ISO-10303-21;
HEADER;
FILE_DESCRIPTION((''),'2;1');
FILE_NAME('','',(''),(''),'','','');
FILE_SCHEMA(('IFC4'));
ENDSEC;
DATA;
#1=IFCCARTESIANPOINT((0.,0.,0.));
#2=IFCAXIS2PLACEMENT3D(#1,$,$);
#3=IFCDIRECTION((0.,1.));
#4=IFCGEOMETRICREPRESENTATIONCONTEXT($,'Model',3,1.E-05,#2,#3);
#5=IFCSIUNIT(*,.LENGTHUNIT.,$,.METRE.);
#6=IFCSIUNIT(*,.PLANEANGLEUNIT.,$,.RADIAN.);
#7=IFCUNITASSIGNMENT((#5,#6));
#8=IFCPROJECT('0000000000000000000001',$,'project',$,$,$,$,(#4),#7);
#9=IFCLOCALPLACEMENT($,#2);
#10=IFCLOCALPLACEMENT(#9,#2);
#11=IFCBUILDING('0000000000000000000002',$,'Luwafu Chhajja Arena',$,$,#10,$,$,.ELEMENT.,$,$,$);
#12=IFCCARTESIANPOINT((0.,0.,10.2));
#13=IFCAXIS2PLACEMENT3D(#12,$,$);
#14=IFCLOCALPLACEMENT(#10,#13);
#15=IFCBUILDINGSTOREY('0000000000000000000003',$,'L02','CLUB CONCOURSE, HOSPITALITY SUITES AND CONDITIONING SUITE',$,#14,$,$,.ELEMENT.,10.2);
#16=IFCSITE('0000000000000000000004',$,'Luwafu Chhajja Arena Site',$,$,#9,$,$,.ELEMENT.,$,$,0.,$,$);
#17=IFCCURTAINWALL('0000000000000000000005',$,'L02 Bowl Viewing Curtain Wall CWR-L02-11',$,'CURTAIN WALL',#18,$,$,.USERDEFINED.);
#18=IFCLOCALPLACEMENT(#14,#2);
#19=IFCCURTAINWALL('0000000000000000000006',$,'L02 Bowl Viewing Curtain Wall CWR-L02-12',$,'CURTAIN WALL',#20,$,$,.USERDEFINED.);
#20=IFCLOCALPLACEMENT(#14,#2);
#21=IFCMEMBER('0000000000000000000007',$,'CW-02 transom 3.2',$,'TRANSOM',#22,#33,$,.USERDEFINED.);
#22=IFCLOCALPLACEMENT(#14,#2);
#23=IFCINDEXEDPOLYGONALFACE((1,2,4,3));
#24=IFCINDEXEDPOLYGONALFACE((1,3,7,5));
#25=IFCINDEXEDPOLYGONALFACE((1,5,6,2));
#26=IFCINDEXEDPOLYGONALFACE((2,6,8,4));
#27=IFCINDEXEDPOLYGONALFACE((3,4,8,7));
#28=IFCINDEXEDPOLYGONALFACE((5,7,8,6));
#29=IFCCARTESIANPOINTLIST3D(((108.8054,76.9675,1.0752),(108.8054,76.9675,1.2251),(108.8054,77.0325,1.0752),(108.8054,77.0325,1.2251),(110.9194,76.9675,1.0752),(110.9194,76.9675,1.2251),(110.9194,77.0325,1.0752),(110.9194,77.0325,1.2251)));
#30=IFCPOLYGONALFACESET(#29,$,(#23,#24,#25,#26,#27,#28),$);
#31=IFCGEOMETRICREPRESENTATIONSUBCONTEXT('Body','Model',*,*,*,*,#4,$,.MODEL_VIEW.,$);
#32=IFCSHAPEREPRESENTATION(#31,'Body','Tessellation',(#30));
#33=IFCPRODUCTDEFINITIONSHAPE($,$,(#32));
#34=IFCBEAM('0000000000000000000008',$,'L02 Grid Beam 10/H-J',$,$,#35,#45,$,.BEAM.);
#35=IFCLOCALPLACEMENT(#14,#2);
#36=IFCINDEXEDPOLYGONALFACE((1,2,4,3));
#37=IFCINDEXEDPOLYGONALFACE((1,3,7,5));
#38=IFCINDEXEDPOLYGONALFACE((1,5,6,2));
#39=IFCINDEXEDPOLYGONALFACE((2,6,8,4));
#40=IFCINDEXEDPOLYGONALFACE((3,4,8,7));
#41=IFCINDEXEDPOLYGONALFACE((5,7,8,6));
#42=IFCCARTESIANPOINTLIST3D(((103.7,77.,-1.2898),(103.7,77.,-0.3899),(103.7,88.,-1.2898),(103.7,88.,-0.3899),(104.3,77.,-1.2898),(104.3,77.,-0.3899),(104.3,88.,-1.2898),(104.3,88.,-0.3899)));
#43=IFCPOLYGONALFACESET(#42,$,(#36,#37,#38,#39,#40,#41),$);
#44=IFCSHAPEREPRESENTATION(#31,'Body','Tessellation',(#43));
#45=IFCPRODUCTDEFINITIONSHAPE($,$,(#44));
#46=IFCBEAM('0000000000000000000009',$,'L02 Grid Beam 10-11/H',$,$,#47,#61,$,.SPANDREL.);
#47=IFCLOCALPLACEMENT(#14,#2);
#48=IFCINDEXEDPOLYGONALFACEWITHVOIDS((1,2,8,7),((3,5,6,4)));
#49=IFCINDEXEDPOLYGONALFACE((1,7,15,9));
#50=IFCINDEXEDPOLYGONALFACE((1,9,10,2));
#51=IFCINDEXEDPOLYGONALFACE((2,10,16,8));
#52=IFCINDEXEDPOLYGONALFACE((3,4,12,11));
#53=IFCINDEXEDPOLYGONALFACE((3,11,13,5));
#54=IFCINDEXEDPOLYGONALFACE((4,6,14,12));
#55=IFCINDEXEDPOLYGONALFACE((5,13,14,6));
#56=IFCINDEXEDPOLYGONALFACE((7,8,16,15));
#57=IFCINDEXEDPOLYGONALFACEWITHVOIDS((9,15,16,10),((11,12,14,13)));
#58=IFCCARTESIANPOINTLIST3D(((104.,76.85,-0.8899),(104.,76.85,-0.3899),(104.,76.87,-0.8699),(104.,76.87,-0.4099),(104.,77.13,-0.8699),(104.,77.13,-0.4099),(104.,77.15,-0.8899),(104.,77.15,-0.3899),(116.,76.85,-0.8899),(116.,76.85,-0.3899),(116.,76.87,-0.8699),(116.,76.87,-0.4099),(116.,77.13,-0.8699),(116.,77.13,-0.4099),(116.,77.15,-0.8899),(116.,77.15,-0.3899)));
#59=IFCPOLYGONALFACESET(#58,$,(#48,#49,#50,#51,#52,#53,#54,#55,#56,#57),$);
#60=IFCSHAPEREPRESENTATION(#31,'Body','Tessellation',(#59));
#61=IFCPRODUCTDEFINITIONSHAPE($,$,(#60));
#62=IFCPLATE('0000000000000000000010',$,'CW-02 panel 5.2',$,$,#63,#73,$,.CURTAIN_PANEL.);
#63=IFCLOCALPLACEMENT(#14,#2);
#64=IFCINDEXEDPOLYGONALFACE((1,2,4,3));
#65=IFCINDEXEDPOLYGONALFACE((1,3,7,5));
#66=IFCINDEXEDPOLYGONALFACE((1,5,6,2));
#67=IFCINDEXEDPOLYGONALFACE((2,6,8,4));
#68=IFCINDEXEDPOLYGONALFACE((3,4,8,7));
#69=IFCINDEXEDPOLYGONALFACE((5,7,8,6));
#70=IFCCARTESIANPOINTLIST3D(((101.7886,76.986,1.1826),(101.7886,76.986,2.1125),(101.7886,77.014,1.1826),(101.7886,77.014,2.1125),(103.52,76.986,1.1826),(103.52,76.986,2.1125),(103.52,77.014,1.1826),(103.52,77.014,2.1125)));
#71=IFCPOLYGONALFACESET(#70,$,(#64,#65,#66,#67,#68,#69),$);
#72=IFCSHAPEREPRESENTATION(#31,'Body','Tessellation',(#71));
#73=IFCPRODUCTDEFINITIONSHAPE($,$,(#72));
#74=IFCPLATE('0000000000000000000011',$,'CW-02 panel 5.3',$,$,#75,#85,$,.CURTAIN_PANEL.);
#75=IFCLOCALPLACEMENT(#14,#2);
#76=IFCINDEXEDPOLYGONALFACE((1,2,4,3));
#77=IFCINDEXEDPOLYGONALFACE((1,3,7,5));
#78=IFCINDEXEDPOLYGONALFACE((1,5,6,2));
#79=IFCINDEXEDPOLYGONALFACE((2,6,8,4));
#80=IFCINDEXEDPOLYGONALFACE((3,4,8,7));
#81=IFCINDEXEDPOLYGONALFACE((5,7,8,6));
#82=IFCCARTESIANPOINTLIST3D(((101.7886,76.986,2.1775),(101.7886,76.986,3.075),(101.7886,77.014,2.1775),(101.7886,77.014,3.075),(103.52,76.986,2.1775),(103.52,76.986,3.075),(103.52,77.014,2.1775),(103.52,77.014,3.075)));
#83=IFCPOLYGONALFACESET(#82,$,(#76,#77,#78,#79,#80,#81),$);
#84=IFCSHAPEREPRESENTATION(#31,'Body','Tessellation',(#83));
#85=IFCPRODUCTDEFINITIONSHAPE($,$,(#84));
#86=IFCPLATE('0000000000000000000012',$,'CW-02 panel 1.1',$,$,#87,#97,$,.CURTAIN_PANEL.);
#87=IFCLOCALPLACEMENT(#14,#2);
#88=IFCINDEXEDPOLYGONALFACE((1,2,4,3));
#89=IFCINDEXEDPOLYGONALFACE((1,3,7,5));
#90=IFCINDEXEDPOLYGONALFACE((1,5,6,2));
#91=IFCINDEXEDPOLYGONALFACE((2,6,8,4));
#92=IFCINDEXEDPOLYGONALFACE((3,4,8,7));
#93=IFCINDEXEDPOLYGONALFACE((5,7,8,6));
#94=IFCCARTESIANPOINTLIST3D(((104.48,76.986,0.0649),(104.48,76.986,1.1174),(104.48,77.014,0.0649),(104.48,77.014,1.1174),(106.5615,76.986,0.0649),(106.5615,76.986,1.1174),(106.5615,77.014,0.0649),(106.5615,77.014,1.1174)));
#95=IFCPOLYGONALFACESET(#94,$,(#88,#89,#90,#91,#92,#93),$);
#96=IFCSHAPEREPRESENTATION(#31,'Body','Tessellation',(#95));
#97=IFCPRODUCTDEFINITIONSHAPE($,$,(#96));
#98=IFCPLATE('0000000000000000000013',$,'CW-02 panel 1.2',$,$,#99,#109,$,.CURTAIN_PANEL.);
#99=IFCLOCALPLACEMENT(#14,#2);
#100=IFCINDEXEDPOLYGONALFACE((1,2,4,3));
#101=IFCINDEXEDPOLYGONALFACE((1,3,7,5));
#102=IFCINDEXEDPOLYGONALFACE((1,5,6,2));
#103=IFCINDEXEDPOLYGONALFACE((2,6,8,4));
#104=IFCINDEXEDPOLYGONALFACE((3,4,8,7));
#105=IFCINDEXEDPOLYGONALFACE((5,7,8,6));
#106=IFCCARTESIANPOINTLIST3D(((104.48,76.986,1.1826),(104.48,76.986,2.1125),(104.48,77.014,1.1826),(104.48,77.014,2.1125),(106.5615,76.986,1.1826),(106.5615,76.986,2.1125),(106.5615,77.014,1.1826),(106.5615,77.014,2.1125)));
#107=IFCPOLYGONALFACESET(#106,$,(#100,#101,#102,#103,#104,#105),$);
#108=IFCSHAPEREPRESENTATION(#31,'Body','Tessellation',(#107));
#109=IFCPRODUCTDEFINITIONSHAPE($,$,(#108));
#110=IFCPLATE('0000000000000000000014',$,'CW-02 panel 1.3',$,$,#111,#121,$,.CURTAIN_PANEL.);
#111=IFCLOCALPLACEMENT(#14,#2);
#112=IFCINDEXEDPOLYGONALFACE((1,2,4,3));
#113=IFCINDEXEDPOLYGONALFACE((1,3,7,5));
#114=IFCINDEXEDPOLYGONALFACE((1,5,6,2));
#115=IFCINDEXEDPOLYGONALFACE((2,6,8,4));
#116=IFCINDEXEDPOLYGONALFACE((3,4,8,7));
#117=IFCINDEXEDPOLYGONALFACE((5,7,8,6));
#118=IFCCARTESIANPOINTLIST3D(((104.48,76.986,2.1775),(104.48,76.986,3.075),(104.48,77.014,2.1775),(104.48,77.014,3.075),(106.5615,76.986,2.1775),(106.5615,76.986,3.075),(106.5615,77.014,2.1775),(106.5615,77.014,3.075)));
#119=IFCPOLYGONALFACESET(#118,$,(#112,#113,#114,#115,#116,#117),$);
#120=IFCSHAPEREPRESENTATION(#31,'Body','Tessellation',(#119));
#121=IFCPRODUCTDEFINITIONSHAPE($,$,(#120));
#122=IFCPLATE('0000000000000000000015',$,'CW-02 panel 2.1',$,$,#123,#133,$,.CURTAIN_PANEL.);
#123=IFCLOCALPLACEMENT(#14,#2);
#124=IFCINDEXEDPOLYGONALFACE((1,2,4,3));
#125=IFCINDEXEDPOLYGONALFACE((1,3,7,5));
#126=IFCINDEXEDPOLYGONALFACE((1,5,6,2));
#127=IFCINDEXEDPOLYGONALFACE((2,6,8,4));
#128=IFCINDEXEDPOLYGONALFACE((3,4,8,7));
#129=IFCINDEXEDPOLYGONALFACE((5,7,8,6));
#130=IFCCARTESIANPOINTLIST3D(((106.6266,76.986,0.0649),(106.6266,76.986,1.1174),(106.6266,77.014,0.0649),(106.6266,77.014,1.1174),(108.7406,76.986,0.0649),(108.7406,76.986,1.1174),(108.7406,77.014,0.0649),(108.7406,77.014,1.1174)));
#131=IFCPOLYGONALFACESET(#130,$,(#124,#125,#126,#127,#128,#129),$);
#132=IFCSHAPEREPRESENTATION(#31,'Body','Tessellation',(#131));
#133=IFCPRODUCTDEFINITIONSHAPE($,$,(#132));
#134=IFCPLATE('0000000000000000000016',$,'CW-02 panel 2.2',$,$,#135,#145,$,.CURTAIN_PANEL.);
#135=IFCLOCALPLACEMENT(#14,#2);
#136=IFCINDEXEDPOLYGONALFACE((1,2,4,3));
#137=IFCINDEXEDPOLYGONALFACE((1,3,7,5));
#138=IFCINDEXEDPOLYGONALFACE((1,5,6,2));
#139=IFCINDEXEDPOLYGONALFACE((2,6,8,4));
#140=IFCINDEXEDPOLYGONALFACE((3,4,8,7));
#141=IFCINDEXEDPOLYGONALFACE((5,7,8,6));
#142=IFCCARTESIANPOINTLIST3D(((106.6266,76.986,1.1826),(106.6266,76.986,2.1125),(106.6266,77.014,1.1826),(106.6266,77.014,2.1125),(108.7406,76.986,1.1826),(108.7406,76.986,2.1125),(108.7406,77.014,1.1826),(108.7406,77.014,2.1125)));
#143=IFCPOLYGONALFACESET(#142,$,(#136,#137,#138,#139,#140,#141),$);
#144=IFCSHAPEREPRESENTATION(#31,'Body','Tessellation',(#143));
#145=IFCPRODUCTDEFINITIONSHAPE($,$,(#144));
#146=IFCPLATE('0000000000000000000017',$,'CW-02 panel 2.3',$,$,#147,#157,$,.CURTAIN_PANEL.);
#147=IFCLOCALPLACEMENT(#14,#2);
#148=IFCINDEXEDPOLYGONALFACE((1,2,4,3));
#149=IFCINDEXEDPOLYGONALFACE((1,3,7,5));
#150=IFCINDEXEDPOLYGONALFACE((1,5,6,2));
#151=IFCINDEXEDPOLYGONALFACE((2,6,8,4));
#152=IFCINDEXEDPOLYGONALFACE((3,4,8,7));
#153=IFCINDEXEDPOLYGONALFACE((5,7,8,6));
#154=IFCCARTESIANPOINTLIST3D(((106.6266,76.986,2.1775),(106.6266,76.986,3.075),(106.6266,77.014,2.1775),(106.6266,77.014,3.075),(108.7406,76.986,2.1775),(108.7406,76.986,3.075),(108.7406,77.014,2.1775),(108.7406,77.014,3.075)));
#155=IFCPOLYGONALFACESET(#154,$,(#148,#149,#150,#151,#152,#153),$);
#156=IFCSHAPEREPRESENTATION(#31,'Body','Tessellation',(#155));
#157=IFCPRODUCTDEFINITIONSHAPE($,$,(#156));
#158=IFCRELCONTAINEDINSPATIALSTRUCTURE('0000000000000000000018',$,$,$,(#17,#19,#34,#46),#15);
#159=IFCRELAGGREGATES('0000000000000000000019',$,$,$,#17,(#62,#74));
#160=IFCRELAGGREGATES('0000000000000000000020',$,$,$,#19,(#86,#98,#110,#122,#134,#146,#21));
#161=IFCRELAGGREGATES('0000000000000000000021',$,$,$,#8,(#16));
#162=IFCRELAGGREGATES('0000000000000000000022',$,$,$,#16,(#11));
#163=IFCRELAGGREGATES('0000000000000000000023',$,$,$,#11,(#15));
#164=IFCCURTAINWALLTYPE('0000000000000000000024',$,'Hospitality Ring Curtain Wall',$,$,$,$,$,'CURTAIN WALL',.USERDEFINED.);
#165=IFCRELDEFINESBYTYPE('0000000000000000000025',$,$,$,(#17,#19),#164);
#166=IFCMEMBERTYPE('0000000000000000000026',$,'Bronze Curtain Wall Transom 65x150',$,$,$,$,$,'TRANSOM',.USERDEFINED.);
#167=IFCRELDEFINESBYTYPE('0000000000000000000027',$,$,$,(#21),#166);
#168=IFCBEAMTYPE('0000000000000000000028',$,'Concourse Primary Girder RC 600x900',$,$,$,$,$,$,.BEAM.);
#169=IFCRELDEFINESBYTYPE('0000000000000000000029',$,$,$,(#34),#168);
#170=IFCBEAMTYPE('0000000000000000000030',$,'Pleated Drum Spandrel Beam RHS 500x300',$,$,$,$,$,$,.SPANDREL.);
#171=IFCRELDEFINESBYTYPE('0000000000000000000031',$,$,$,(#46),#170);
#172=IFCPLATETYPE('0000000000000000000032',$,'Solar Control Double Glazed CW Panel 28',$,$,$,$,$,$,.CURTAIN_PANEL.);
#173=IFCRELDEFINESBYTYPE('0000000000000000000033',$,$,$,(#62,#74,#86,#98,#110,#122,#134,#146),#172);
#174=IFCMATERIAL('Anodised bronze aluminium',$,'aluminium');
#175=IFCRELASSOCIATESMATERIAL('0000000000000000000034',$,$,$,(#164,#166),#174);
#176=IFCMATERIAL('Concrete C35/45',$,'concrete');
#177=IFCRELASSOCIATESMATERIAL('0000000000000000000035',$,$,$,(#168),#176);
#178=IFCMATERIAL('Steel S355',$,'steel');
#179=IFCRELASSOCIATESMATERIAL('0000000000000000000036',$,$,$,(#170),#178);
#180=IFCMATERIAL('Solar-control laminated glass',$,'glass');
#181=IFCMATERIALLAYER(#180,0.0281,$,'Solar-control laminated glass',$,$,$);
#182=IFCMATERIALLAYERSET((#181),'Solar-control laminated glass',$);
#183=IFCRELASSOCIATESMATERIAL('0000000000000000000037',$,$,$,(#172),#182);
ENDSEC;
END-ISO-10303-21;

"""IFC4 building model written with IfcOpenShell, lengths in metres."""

from ifc_helpers import new_model, si_unit, direction, frame, origin, origin_2d, place, context, subcontext, project, spatial, rectangle, hollow_rectangle, extrude, material, layer, layer_set, material_profile, profile_set, type_object, element, aggregate, save


model = new_model("IFC4")

# Units and contexts
model_context = context("Model", 3, precision=1e-05, world=origin(), true_north=direction((0.0, 1.0)))
body_context = subcontext(model_context, "Body", "Model", "MODEL_VIEW")
ifc_project = project(units=[si_unit("LENGTHUNIT", "METRE"), si_unit("PLANEANGLEUNIT", "RADIAN")], contexts=[model_context])

# Site, building, storey
site_placement = place(None, origin())
site = spatial("IfcSite", under=ifc_project, at=site_placement, Name="Luwafu Chhajja Arena Site", CompositionType="ELEMENT", RefElevation=0.0)
building_placement = place(site_placement, origin())
building = spatial("IfcBuilding", under=site, at=building_placement, Name="Luwafu Chhajja Arena", CompositionType="ELEMENT")
storey_placement = place(building_placement, frame((0.0, 0.0, 10.2)))
storey = spatial("IfcBuildingStorey", under=building, at=storey_placement, Name="L02", Description="CLUB CONCOURSE, HOSPITALITY SUITES AND CONDITIONING SUITE", CompositionType="ELEMENT", Elevation=10.2)

# Shared definitions
ifc_material_1 = material(Name="Concrete C35/45", Category="concrete")

# Curtain wall
ifc_material_2 = material(Name="Anodised bronze aluminium", Category="aluminium")
curtain_wall_type = type_object("IfcCurtainWallType", Name="Hospitality Ring Curtain Wall", ElementType="CURTAIN WALL", PredefinedType="USERDEFINED", material=ifc_material_2)
curtain_wall_1_placement = place(storey_placement, origin())
curtain_wall_1 = element("IfcCurtainWall", 1, at=curtain_wall_1_placement, inside=storey, type_object=curtain_wall_type, Name="L02 Bowl Viewing Curtain Wall CWR-L02-11", ObjectType="CURTAIN WALL", PredefinedType="USERDEFINED")

# Curtain wall, member
curtain_wall_2_placement = place(storey_placement, origin())
curtain_wall_2 = element("IfcCurtainWall", 2, at=curtain_wall_2_placement, inside=storey, type_object=curtain_wall_type, Name="L02 Bowl Viewing Curtain Wall CWR-L02-12", ObjectType="CURTAIN WALL", PredefinedType="USERDEFINED")
ifc_material_profile_1 = material_profile(ifc_material_2, rectangle(XDim=0.0649, YDim=0.1499, at=origin_2d()), Name="CWT 65x150")
ifc_profile_set_1 = profile_set([ifc_material_profile_1], Name="Anodised bronze aluminium")
member_type_1 = type_object("IfcMemberType", Name="Bronze Curtain Wall Transom 65x150", ElementType="TRANSOM", PredefinedType="USERDEFINED", material=ifc_profile_set_1)
member_1_placement = place(storey_placement, frame((108.8054, 77.0, 1.1501), z_axis=(1.0, 0.0, 0.0), x_axis=(0.0, 1.0, 0.0)))
member_1 = element("IfcMember", 3, at=member_1_placement, type_object=member_type_1, Name="CW-02 transom 3.2", ObjectType="TRANSOM", PredefinedType="USERDEFINED", context=body_context, shape_type="SweptSolid", body=[
    extrude(rectangle(XDim=0.0649, YDim=0.1499, at=origin_2d()), origin(), (0.0, 0.0, 1.0), 2.114),
])

# Beams
ifc_material_profile_2 = material_profile(ifc_material_1, rectangle(XDim=0.6001, YDim=0.8999, at=origin_2d()), Name="RC 600x900")
ifc_profile_set_2 = profile_set([ifc_material_profile_2], Name="Concrete C35/45")
beam_type_1 = type_object("IfcBeamType", Name="Concourse Primary Girder RC 600x900", PredefinedType="BEAM", material=ifc_profile_set_2)
beam_1_placement = place(storey_placement, frame((104.0, 77.0, -0.8398), z_axis=(0.0, 1.0, 0.0), x_axis=(-1.0, 0.0, 0.0)))
element("IfcBeam", 4, at=beam_1_placement, inside=storey, type_object=beam_type_1, Name="L02 Grid Beam 10/H-J", PredefinedType="BEAM", context=body_context, shape_type="SweptSolid", body=[
    extrude(rectangle(XDim=0.6001, YDim=0.8999, at=origin_2d()), origin(), (0.0, 0.0, 1.0), 11.0),
])
ifc_material_3 = material(Name="Steel S355", Category="steel")
ifc_material_profile_3 = material_profile(ifc_material_3, hollow_rectangle(XDim=0.3, YDim=0.5, WallThickness=0.02, at=origin_2d()), Name="RHS 500x300x20")
ifc_profile_set_3 = profile_set([ifc_material_profile_3], Name="Steel S355")
beam_type_2 = type_object("IfcBeamType", Name="Pleated Drum Spandrel Beam RHS 500x300", PredefinedType="SPANDREL", material=ifc_profile_set_3)
beam_2_placement = place(storey_placement, frame((104.0, 77.0, -0.6399), z_axis=(1.0, 0.0, 0.0), x_axis=(0.0, 1.0, 0.0)))
element("IfcBeam", 5, at=beam_2_placement, inside=storey, type_object=beam_type_2, Name="L02 Grid Beam 10-11/H", PredefinedType="SPANDREL", context=body_context, shape_type="SweptSolid", body=[
    extrude(hollow_rectangle(XDim=0.3, YDim=0.5, WallThickness=0.02, at=origin_2d()), origin(), (0.0, 0.0, 1.0), 12.0),
])

# Plates
ifc_material_4 = material(Name="Solar-control laminated glass", Category="glass")
ifc_layer = layer(ifc_material_4, 0.0281, Name="Solar-control laminated glass")
ifc_layer_set = layer_set([ifc_layer], Name="Solar-control laminated glass")
plate_type = type_object("IfcPlateType", Name="Solar Control Double Glazed CW Panel 28", PredefinedType="CURTAIN_PANEL", material=ifc_layer_set)
plate_1_placement = place(storey_placement, frame((102.6543, 77.0, 1.1826), z_axis=(0.0, 0.0, 1.0), x_axis=(1.0, 0.0, 0.0)))
plate_1 = element("IfcPlate", 6, at=plate_1_placement, type_object=plate_type, Name="CW-02 panel 5.2", PredefinedType="CURTAIN_PANEL", context=body_context, shape_type="SweptSolid", body=[
    extrude(rectangle(XDim=1.7314, YDim=0.0281, at=origin_2d()), origin(), (0.0, 0.0, 1.0), 0.9299),
])
plate_2_placement = place(storey_placement, frame((102.6543, 77.0, 2.1775), z_axis=(0.0, 0.0, 1.0), x_axis=(1.0, 0.0, 0.0)))
plate_2 = element("IfcPlate", 7, at=plate_2_placement, type_object=plate_type, Name="CW-02 panel 5.3", PredefinedType="CURTAIN_PANEL", context=body_context, shape_type="SweptSolid", body=[
    extrude(rectangle(XDim=1.7314, YDim=0.0281, at=origin_2d()), origin(), (0.0, 0.0, 1.0), 0.8975),
])
aggregate(curtain_wall_1, [plate_1, plate_2])
plate_3_placement = place(storey_placement, frame((105.5208, 77.0, 0.0649), z_axis=(0.0, 0.0, 1.0), x_axis=(1.0, 0.0, 0.0)))
plate_3 = element("IfcPlate", 8, at=plate_3_placement, type_object=plate_type, Name="CW-02 panel 1.1", PredefinedType="CURTAIN_PANEL", context=body_context, shape_type="SweptSolid", body=[
    extrude(rectangle(XDim=2.0815, YDim=0.0281, at=origin_2d()), origin(), (0.0, 0.0, 1.0), 1.0525),
])
plate_4_placement = place(storey_placement, frame((105.5208, 77.0, 1.1826), z_axis=(0.0, 0.0, 1.0), x_axis=(1.0, 0.0, 0.0)))
plate_4 = element("IfcPlate", 9, at=plate_4_placement, type_object=plate_type, Name="CW-02 panel 1.2", PredefinedType="CURTAIN_PANEL", context=body_context, shape_type="SweptSolid", body=[
    extrude(rectangle(XDim=2.0815, YDim=0.0281, at=origin_2d()), origin(), (0.0, 0.0, 1.0), 0.9299),
])
plate_5_placement = place(storey_placement, frame((105.5208, 77.0, 2.1775), z_axis=(0.0, 0.0, 1.0), x_axis=(1.0, 0.0, 0.0)))
plate_5 = element("IfcPlate", 10, at=plate_5_placement, type_object=plate_type, Name="CW-02 panel 1.3", PredefinedType="CURTAIN_PANEL", context=body_context, shape_type="SweptSolid", body=[
    extrude(rectangle(XDim=2.0815, YDim=0.0281, at=origin_2d()), origin(), (0.0, 0.0, 1.0), 0.8975),
])
plate_6_placement = place(storey_placement, frame((107.6836, 77.0, 0.0649), z_axis=(0.0, 0.0, 1.0), x_axis=(1.0, 0.0, 0.0)))
plate_6 = element("IfcPlate", 11, at=plate_6_placement, type_object=plate_type, Name="CW-02 panel 2.1", PredefinedType="CURTAIN_PANEL", context=body_context, shape_type="SweptSolid", body=[
    extrude(rectangle(XDim=2.114, YDim=0.0281, at=origin_2d()), origin(), (0.0, 0.0, 1.0), 1.0525),
])
plate_7_placement = place(storey_placement, frame((107.6836, 77.0, 1.1826), z_axis=(0.0, 0.0, 1.0), x_axis=(1.0, 0.0, 0.0)))
plate_7 = element("IfcPlate", 12, at=plate_7_placement, type_object=plate_type, Name="CW-02 panel 2.2", PredefinedType="CURTAIN_PANEL", context=body_context, shape_type="SweptSolid", body=[
    extrude(rectangle(XDim=2.114, YDim=0.0281, at=origin_2d()), origin(), (0.0, 0.0, 1.0), 0.9299),
])
plate_8_placement = place(storey_placement, frame((107.6836, 77.0, 2.1775), z_axis=(0.0, 0.0, 1.0), x_axis=(1.0, 0.0, 0.0)))
plate_8 = element("IfcPlate", 13, at=plate_8_placement, type_object=plate_type, Name="CW-02 panel 2.3", PredefinedType="CURTAIN_PANEL", context=body_context, shape_type="SweptSolid", body=[
    extrude(rectangle(XDim=2.114, YDim=0.0281, at=origin_2d()), origin(), (0.0, 0.0, 1.0), 0.8975),
])
aggregate(curtain_wall_2, [plate_3, plate_4, plate_5, plate_6, plate_7, plate_8, member_1])

save(model, "model.ifc")
